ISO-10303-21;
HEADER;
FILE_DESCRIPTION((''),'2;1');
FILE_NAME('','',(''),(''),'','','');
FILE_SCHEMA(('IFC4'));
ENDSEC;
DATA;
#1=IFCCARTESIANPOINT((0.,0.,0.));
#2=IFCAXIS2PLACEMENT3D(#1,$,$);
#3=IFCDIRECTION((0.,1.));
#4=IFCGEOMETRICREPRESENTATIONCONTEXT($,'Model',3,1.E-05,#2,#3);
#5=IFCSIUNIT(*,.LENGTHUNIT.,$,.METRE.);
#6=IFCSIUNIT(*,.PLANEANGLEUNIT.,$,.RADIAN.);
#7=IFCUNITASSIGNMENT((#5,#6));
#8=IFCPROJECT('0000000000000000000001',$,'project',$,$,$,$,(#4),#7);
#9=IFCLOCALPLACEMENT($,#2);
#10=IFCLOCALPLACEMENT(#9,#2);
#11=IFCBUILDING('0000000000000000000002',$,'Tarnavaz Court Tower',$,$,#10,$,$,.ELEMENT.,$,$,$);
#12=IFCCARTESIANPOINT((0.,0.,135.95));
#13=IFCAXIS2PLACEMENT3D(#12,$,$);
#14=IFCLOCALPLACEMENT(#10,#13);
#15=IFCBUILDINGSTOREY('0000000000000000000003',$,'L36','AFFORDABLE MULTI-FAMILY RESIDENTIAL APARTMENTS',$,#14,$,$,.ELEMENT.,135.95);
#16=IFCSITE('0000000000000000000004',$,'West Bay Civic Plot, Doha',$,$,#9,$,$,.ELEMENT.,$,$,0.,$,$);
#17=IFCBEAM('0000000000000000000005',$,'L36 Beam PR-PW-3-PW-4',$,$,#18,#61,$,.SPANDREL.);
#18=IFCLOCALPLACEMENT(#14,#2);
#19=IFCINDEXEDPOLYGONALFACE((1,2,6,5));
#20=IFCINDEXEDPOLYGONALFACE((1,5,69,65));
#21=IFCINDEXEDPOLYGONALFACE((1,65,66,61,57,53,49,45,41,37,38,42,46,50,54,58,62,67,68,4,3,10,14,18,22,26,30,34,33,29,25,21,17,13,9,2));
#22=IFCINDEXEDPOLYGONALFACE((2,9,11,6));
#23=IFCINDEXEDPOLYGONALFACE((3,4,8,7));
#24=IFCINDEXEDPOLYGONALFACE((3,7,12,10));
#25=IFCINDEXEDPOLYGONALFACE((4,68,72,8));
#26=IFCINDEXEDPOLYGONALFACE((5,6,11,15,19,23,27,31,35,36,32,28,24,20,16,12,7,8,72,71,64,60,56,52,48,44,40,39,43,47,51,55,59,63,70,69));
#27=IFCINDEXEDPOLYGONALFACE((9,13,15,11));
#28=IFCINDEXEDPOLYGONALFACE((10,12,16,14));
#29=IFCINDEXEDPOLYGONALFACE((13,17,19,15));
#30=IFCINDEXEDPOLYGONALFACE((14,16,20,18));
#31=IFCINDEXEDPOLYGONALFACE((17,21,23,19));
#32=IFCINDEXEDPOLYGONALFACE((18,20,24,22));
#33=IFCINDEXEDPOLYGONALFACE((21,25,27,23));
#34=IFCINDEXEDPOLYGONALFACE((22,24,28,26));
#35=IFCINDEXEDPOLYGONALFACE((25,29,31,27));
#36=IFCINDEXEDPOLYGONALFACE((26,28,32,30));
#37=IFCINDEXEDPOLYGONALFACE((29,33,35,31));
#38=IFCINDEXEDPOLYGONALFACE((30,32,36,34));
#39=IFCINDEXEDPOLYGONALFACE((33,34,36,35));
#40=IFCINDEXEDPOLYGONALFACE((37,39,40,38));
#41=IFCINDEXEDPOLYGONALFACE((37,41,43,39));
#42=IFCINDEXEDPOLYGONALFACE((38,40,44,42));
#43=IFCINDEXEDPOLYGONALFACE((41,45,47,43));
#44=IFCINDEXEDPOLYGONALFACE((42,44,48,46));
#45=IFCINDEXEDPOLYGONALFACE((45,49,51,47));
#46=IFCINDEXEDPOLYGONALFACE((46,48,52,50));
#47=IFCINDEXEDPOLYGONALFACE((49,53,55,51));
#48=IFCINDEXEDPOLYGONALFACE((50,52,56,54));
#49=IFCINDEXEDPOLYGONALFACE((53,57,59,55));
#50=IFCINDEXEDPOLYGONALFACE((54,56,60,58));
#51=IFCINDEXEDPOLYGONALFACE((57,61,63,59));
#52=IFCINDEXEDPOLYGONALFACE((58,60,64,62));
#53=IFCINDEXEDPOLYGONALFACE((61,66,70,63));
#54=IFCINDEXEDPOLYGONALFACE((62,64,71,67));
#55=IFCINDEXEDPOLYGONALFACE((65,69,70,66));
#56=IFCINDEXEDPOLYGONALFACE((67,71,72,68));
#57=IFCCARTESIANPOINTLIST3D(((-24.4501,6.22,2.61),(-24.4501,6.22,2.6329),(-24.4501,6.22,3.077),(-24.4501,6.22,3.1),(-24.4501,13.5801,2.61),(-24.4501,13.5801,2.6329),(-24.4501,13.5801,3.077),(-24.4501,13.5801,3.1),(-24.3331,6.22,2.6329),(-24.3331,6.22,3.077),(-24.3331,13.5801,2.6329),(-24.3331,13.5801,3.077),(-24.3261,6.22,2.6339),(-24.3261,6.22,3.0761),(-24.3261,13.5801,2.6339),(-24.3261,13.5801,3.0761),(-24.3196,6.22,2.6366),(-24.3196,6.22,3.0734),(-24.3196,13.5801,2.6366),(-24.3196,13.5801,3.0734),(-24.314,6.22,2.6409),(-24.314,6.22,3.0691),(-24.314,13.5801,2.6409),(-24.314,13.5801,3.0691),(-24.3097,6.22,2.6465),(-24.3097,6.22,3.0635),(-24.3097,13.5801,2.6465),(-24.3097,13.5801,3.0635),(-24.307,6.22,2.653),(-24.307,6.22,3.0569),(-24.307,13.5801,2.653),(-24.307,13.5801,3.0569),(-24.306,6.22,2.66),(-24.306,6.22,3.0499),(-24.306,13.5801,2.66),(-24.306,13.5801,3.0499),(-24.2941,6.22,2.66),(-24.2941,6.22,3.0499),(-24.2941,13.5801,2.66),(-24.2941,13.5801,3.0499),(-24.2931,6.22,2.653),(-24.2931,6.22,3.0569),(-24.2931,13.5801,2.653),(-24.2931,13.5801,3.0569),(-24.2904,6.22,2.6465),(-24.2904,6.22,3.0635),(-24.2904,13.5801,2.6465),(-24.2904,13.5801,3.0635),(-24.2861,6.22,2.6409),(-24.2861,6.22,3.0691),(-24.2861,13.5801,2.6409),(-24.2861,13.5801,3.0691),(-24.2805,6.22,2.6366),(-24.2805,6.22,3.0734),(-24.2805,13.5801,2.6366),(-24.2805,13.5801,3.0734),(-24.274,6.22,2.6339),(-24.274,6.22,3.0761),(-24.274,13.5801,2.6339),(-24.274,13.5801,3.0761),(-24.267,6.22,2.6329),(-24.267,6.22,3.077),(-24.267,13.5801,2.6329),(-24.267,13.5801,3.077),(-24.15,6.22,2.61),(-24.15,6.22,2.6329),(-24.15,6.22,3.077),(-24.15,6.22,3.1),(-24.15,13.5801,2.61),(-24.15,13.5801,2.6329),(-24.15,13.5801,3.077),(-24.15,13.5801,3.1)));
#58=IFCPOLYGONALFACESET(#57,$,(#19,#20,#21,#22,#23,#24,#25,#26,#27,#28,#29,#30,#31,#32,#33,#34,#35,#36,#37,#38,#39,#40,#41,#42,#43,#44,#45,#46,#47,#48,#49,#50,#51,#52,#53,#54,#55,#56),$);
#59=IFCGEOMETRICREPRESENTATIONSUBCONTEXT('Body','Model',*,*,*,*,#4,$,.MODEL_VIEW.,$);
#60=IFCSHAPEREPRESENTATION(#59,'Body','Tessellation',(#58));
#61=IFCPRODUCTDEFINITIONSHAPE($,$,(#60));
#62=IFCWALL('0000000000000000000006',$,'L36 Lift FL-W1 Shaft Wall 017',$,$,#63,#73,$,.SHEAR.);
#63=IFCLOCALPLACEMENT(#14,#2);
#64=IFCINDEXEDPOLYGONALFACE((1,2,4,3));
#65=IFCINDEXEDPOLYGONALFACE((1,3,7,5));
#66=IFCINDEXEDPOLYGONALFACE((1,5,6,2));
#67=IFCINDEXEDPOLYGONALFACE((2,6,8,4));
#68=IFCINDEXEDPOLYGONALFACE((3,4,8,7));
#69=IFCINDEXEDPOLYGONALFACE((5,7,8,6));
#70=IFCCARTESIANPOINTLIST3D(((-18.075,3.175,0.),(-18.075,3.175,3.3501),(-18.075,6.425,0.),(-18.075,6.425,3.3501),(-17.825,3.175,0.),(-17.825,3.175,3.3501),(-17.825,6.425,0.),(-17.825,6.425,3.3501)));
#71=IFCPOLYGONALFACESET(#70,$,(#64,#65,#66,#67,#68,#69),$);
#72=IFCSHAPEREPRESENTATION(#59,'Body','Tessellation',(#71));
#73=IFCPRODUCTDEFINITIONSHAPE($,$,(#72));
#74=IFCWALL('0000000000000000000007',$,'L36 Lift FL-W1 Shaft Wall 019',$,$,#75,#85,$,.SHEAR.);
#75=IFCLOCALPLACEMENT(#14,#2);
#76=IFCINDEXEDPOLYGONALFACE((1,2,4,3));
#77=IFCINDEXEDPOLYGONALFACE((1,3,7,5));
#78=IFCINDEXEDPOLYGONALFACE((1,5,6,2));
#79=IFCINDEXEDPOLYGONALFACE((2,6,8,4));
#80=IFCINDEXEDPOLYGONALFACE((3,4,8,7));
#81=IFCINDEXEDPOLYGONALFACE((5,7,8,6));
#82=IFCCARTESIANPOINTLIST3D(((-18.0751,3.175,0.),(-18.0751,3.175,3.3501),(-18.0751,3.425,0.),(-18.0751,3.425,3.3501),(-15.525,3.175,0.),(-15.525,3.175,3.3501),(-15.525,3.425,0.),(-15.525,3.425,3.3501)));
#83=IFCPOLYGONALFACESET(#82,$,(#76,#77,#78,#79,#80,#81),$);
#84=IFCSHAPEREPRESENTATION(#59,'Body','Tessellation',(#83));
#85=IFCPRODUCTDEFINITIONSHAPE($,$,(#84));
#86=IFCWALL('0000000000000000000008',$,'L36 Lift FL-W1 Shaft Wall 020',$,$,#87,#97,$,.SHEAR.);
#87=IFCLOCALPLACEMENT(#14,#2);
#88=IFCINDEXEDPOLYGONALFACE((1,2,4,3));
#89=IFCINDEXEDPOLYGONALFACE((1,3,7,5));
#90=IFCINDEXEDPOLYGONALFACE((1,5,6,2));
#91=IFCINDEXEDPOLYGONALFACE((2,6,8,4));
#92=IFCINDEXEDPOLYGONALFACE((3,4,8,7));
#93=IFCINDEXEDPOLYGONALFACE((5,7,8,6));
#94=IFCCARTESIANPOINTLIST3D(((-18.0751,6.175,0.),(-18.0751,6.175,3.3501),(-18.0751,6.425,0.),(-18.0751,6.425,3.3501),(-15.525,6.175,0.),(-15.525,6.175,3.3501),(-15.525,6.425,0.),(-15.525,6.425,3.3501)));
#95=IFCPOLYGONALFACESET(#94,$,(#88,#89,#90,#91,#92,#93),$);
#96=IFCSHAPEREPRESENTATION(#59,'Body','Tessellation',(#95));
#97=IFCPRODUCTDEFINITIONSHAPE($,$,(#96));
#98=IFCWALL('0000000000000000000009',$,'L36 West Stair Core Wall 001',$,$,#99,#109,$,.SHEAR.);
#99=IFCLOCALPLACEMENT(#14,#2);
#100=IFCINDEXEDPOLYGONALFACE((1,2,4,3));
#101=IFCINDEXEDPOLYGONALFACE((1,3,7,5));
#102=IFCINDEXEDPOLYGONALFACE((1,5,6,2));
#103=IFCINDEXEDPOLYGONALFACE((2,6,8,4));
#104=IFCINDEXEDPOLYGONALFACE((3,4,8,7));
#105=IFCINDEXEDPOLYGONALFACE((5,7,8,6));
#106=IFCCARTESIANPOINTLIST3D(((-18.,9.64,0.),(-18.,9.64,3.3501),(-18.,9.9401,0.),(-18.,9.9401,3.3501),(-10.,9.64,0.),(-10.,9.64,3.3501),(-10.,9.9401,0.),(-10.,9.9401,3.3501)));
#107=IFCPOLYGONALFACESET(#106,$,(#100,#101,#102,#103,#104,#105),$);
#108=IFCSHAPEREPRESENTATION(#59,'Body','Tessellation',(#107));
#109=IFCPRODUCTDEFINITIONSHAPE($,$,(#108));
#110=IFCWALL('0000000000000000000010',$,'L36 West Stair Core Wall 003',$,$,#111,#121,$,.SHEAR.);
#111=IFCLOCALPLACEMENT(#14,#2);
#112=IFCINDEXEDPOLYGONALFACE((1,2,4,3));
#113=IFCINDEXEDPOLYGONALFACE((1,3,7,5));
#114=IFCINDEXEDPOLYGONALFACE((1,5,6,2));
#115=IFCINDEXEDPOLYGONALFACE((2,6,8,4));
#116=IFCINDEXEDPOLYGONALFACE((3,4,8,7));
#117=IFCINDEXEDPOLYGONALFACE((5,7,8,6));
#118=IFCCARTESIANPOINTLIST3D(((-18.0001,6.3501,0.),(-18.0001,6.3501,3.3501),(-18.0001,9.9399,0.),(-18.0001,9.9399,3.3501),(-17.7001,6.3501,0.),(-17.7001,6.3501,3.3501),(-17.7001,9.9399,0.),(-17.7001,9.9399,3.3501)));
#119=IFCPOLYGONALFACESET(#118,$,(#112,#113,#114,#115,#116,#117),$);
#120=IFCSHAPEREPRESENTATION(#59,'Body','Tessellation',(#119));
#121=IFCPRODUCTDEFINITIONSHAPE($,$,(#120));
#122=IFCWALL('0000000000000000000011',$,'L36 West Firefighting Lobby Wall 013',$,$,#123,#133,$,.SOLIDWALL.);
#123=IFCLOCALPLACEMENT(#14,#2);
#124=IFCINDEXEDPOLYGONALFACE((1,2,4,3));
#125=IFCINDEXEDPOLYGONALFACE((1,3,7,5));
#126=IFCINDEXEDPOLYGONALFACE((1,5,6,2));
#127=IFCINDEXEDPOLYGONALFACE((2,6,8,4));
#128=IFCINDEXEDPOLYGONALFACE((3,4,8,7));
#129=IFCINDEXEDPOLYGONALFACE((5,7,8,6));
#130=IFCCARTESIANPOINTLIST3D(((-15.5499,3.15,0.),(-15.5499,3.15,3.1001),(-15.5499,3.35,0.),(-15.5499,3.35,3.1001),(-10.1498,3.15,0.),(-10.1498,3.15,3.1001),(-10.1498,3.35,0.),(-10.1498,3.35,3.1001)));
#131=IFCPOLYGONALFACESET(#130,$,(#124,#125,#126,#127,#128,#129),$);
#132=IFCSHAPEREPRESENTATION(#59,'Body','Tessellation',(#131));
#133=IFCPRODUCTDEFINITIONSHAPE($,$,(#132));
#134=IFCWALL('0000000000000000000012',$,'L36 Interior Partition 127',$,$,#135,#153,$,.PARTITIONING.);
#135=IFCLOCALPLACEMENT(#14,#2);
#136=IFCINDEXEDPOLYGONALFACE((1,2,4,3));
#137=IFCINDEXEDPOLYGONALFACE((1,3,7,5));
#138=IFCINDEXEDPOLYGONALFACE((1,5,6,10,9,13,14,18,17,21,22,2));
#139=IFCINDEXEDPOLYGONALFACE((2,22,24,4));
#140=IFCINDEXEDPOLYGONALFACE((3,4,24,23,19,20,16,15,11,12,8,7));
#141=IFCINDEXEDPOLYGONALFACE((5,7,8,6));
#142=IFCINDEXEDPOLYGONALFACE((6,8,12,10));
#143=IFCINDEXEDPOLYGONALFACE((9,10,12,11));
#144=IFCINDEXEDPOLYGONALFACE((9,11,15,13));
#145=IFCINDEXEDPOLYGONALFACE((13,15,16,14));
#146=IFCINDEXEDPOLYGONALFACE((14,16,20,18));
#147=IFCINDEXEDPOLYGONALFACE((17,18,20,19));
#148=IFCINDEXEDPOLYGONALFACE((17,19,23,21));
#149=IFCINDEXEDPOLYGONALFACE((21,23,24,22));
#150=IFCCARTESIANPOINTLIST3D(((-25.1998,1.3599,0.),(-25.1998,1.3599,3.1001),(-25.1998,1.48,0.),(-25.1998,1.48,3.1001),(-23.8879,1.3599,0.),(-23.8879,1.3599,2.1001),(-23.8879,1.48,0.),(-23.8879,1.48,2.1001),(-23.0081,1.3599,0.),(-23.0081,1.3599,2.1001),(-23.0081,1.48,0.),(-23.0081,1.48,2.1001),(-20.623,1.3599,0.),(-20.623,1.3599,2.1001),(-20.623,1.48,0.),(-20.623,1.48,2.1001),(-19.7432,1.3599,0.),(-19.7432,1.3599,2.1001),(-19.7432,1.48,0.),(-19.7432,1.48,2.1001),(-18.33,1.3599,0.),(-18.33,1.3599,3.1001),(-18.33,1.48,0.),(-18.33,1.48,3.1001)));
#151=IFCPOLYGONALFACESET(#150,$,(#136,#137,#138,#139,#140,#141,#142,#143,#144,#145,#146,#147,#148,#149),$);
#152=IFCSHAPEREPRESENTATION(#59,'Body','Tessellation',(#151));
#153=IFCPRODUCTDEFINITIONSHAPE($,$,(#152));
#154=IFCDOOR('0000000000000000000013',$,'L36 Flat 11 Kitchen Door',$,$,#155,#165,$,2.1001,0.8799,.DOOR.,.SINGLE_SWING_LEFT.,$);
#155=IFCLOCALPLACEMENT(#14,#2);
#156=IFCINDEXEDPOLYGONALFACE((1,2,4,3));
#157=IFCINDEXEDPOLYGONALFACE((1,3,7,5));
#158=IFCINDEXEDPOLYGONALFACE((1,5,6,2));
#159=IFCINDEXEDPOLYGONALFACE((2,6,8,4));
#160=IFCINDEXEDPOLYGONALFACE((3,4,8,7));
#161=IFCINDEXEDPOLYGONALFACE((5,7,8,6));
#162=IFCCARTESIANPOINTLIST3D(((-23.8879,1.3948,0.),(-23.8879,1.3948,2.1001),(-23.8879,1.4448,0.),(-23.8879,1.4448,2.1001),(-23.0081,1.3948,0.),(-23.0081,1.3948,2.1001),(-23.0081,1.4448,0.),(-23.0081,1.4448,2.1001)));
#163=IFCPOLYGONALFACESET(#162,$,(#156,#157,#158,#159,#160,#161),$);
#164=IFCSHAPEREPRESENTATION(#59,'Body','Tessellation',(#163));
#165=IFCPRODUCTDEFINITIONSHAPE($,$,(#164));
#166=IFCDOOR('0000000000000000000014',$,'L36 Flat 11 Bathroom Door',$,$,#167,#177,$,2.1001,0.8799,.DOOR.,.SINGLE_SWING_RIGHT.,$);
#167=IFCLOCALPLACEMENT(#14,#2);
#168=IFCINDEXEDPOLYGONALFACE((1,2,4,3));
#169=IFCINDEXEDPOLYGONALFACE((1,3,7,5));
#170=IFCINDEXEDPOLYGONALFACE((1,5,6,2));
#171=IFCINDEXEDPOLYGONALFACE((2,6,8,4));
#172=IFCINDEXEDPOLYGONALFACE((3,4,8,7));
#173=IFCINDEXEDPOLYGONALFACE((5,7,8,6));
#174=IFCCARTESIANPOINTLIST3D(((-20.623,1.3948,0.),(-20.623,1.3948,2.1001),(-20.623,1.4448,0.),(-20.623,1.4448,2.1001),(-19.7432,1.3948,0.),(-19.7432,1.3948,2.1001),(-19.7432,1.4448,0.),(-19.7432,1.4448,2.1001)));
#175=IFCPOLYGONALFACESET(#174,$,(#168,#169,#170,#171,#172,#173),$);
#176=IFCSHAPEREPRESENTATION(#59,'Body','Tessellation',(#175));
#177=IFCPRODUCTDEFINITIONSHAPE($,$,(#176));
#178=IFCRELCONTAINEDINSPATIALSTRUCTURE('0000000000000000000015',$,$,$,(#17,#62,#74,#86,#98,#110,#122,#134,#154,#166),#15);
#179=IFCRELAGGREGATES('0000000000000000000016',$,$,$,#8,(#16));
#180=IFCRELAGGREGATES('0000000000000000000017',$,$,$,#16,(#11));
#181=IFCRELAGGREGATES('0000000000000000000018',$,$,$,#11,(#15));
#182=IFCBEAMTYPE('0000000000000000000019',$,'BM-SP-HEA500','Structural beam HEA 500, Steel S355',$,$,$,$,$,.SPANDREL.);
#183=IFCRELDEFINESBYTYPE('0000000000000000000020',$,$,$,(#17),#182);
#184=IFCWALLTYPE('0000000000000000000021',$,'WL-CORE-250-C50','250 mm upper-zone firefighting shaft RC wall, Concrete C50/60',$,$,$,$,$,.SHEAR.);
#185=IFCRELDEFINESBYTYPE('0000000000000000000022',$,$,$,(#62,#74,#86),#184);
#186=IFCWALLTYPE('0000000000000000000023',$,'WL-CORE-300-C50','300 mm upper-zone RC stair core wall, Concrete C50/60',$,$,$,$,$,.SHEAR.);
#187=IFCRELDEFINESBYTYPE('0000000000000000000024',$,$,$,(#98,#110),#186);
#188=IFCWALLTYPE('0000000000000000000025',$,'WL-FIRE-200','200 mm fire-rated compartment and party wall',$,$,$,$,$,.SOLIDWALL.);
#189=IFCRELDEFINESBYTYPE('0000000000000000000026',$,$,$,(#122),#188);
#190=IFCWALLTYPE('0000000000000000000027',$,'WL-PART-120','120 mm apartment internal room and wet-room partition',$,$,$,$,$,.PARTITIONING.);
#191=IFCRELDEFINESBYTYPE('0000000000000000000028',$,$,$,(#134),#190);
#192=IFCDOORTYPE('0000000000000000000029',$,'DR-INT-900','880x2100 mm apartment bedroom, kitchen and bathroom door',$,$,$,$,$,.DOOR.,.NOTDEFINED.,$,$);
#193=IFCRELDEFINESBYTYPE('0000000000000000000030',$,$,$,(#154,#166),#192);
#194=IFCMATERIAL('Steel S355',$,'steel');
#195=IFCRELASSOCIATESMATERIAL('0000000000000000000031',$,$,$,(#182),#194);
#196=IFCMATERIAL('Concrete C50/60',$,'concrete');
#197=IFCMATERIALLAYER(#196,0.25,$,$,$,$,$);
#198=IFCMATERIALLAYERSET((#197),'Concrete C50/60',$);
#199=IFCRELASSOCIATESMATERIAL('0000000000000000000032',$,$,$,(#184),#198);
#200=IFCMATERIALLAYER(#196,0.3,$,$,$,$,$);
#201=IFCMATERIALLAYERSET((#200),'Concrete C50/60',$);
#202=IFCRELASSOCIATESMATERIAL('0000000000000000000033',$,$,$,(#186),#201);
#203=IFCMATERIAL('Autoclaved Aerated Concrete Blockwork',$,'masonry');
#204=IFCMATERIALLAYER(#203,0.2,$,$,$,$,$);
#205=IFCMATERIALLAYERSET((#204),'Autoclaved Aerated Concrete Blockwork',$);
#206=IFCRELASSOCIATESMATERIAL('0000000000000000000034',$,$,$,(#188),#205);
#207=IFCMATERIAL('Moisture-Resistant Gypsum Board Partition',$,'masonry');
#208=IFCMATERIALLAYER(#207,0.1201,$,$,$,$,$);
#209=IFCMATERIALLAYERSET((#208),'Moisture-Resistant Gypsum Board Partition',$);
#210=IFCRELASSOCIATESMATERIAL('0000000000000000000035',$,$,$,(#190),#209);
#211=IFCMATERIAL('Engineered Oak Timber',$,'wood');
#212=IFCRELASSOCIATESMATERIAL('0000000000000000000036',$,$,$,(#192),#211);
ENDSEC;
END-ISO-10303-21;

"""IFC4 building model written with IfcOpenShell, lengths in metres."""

from ifc_helpers import new_model, si_unit, direction, frame, frame_2d, origin, origin_2d, place, context, subcontext, project, spatial, rectangle, i_section, extrude, material, layer, layer_set, material_profile, profile_set, type_object, element, fill, save


model = new_model("IFC4")

# Units and contexts
model_context = context("Model", 3, precision=1e-05, world=origin(), true_north=direction((0.0, 1.0)))
body_context = subcontext(model_context, "Body", "Model", "MODEL_VIEW")
ifc_project = project(units=[si_unit("LENGTHUNIT", "METRE"), si_unit("PLANEANGLEUNIT", "RADIAN")], contexts=[model_context])

# Site, building, storey
site_placement = place(None, origin())
site = spatial("IfcSite", under=ifc_project, at=site_placement, Name="West Bay Civic Plot, Doha", CompositionType="ELEMENT", RefElevation=0.0)
building_placement = place(site_placement, origin())
building = spatial("IfcBuilding", under=site, at=building_placement, Name="Tarnavaz Court Tower", CompositionType="ELEMENT")
storey_placement = place(building_placement, frame((0.0, 0.0, 135.95)))
storey = spatial("IfcBuildingStorey", under=building, at=storey_placement, Name="L36", Description="AFFORDABLE MULTI-FAMILY RESIDENTIAL APARTMENTS", CompositionType="ELEMENT", Elevation=135.95)

# Shared definitions
ifc_material_1 = material(Name="Concrete C50/60", Category="concrete")

# Beam
ifc_material_2 = material(Name="Steel S355", Category="steel")
ifc_material_profile_1 = material_profile(ifc_material_2, i_section(OverallWidth=0.3, OverallDepth=0.49, WebThickness=0.012, FlangeThickness=0.0229, FilletRadius=0.0271, at=origin_2d()), Name="HEA 500")
ifc_profile_set_1 = profile_set([ifc_material_profile_1], Name="Steel S355")
beam_type_1 = type_object("IfcBeamType", Name="BM-SP-HEA500", Description="Structural beam HEA 500, Steel S355", PredefinedType="SPANDREL", material=ifc_profile_set_1)
beam_1_placement = place(storey_placement, frame((-24.3, 6.22, 2.855), z_axis=(0.0, 1.0, 0.0), x_axis=(-1.0, 0.0, 0.0)))
element("IfcBeam", 1, at=beam_1_placement, inside=storey, type_object=beam_type_1, Name="L36 Beam PR-PW-3-PW-4", PredefinedType="SPANDREL", context=body_context, shape_type="SweptSolid", body=[
    extrude(i_section(OverallWidth=0.3, OverallDepth=0.49, WebThickness=0.012, FlangeThickness=0.0229, FilletRadius=0.0271, at=origin_2d()), origin(), (0.0, 0.0, 1.0), 7.3601),
])

# Wall
ifc_layer_1 = layer(ifc_material_1, 0.25)
ifc_layer_set_1 = layer_set([ifc_layer_1], Name="Concrete C50/60")
wall_type_1 = type_object("IfcWallType", Name="WL-CORE-250-C50", Description="250 mm upper-zone firefighting shaft RC wall, Concrete C50/60", PredefinedType="SHEAR", material=ifc_layer_set_1)
wall_1_placement = place(storey_placement, frame((-17.95, 3.175, 0.0), z_axis=(0.0, 0.0, 1.0), x_axis=(0.0, 1.0, 0.0)))
element("IfcWall", 2, at=wall_1_placement, inside=storey, type_object=wall_type_1, Name="L36 Lift FL-W1 Shaft Wall 017", PredefinedType="SHEAR", context=body_context, shape_type="SweptSolid", body=[
    extrude(rectangle(XDim=3.25, YDim=0.25, at=frame_2d((1.625, 0.0))), origin(), (0.0, 0.0, 1.0), 3.3501),
])

# Walls
for number, where, z_axis, x_axis, name in (
    (3, (-18.075, 3.3, 0.0), (0.0, 0.0, 1.0), (1.0, 0.0, 0.0), "L36 Lift FL-W1 Shaft Wall 019"),
    (4, (-18.075, 6.3, 0.0), (0.0, 0.0, 1.0), (1.0, 0.0, 0.0), "L36 Lift FL-W1 Shaft Wall 020"),
):
    element("IfcWall", number, at=place(storey_placement, frame(where, z_axis=z_axis, x_axis=x_axis)), inside=storey, type_object=wall_type_1, Name=name, PredefinedType="SHEAR", context=body_context, shape_type="SweptSolid", body=[
        extrude(rectangle(XDim=2.55, YDim=0.25, at=frame_2d((1.2749, 0.0))), origin(), (0.0, 0.0, 1.0), 3.3501),
    ])
ifc_layer_2 = layer(ifc_material_1, 0.3)
ifc_layer_set_2 = layer_set([ifc_layer_2], Name="Concrete C50/60")
wall_type_2 = type_object("IfcWallType", Name="WL-CORE-300-C50", Description="300 mm upper-zone RC stair core wall, Concrete C50/60", PredefinedType="SHEAR", material=ifc_layer_set_2)
wall_2_placement = place(storey_placement, frame((-18.0, 9.79, 0.0), z_axis=(0.0, 0.0, 1.0), x_axis=(1.0, 0.0, 0.0)))
element("IfcWall", 5, at=wall_2_placement, inside=storey, type_object=wall_type_2, Name="L36 West Stair Core Wall 001", PredefinedType="SHEAR", context=body_context, shape_type="SweptSolid", body=[
    extrude(rectangle(XDim=8.0, YDim=0.3, at=frame_2d((4.0, 0.0))), origin(), (0.0, 0.0, 1.0), 3.3501),
])

# Walls
wall_3_placement = place(storey_placement, frame((-17.8501, 6.3501, 0.0), z_axis=(0.0, 0.0, 1.0), x_axis=(0.0, 1.0, 0.0)))
element("IfcWall", 6, at=wall_3_placement, inside=storey, type_object=wall_type_2, Name="L36 West Stair Core Wall 003", PredefinedType="SHEAR", context=body_context, shape_type="SweptSolid", body=[
    extrude(rectangle(XDim=3.5898, YDim=0.3, at=frame_2d((1.7949, 0.0))), origin(), (0.0, 0.0, 1.0), 3.3501),
])
ifc_material_3 = material(Name="Autoclaved Aerated Concrete Blockwork", Category="masonry")
ifc_layer_3 = layer(ifc_material_3, 0.2)
ifc_layer_set_3 = layer_set([ifc_layer_3], Name="Autoclaved Aerated Concrete Blockwork")
wall_type_3 = type_object("IfcWallType", Name="WL-FIRE-200", Description="200 mm fire-rated compartment and party wall", PredefinedType="SOLIDWALL", material=ifc_layer_set_3)
wall_4_placement = place(storey_placement, frame((-15.55, 3.25, 0.0), z_axis=(0.0, 0.0, 1.0), x_axis=(1.0, 0.0, 0.0)))
element("IfcWall", 7, at=wall_4_placement, inside=storey, type_object=wall_type_3, Name="L36 West Firefighting Lobby Wall 013", PredefinedType="SOLIDWALL", context=body_context, shape_type="SweptSolid", body=[
    extrude(rectangle(XDim=5.4001, YDim=0.2, at=frame_2d((2.7002, 0.0))), origin(), (0.0, 0.0, 1.0), 3.1001),
])

# Wall, openings, doors
ifc_material_4 = material(Name="Moisture-Resistant Gypsum Board Partition", Category="masonry")
ifc_layer_4 = layer(ifc_material_4, 0.1201)
ifc_layer_set_4 = layer_set([ifc_layer_4], Name="Moisture-Resistant Gypsum Board Partition")
wall_type_4 = type_object("IfcWallType", Name="WL-PART-120", Description="120 mm apartment internal room and wet-room partition", PredefinedType="PARTITIONING", material=ifc_layer_set_4)
wall_5_placement = place(storey_placement, frame((-25.2, 1.4199, 0.0), z_axis=(0.0, 0.0, 1.0), x_axis=(1.0, 0.0, 0.0)))
wall_5 = element("IfcWall", 8, at=wall_5_placement, inside=storey, type_object=wall_type_4, Name="L36 Interior Partition 127", PredefinedType="PARTITIONING", context=body_context, shape_type="SweptSolid", body=[
    extrude(rectangle(XDim=6.8699, YDim=0.1201, at=frame_2d((3.4351, 0.0))), origin(), (0.0, 0.0, 1.0), 3.1001),
])
opening_1_placement = place(wall_5_placement, frame((1.312, 0.0, 0.0)))
opening_1 = element("IfcOpeningElement", 9, at=opening_1_placement, cuts=wall_5, PredefinedType="OPENING", context=body_context, shape_type="SweptSolid", body=[
    extrude(rectangle(XDim=0.8799, YDim=2.1001, at=frame_2d((0.4399, 1.05))), frame((0.0, 0.0701, 0.0), z_axis=(0.0, -1.0, 0.0), x_axis=(1.0, 0.0, 0.0)), (0.0, 0.0, 1.0), 0.1401),
])
opening_2_placement = place(wall_5_placement, frame((4.5769, 0.0, 0.0)))
opening_2 = element("IfcOpeningElement", 10, at=opening_2_placement, cuts=wall_5, PredefinedType="OPENING", context=body_context, shape_type="SweptSolid", body=[
    extrude(rectangle(XDim=0.8799, YDim=2.1001, at=frame_2d((0.4399, 1.05))), frame((0.0, 0.0701, 0.0), z_axis=(0.0, -1.0, 0.0), x_axis=(1.0, 0.0, 0.0)), (0.0, 0.0, 1.0), 0.1401),
])
ifc_material_5 = material(Name="Engineered Oak Timber", Category="wood")
door_type_1 = type_object("IfcDoorType", Name="DR-INT-900", Description="880x2100 mm apartment bedroom, kitchen and bathroom door", OperationType="NOTDEFINED", PredefinedType="DOOR", material=ifc_material_5)
door_1_placement = place(opening_1_placement, origin())
door_1 = element("IfcDoor", 11, at=door_1_placement, inside=storey, type_object=door_type_1, Name="L36 Flat 11 Kitchen Door", OperationType="SINGLE_SWING_LEFT", OverallHeight=2.1001, OverallWidth=0.8799, PredefinedType="DOOR", context=body_context, shape_type="SweptSolid", body=[
    extrude(rectangle(XDim=0.8799, YDim=2.1001, at=frame_2d((0.4399, 1.05))), frame((0.0, 0.0249, 0.0), z_axis=(0.0, -1.0, 0.0), x_axis=(1.0, 0.0, 0.0)), (0.0, 0.0, 1.0), 0.05),
])
fill(opening_1, door_1)
door_2_placement = place(opening_2_placement, origin())
door_2 = element("IfcDoor", 12, at=door_2_placement, inside=storey, type_object=door_type_1, Name="L36 Flat 11 Bathroom Door", OperationType="SINGLE_SWING_RIGHT", OverallHeight=2.1001, OverallWidth=0.8799, PredefinedType="DOOR", context=body_context, shape_type="SweptSolid", body=[
    extrude(rectangle(XDim=0.8799, YDim=2.1001, at=frame_2d((0.4399, 1.05))), frame((0.0, 0.0249, 0.0), z_axis=(0.0, -1.0, 0.0), x_axis=(1.0, 0.0, 0.0)), (0.0, 0.0, 1.0), 0.05),
])
fill(opening_2, door_2)

save(model, "model.ifc")
